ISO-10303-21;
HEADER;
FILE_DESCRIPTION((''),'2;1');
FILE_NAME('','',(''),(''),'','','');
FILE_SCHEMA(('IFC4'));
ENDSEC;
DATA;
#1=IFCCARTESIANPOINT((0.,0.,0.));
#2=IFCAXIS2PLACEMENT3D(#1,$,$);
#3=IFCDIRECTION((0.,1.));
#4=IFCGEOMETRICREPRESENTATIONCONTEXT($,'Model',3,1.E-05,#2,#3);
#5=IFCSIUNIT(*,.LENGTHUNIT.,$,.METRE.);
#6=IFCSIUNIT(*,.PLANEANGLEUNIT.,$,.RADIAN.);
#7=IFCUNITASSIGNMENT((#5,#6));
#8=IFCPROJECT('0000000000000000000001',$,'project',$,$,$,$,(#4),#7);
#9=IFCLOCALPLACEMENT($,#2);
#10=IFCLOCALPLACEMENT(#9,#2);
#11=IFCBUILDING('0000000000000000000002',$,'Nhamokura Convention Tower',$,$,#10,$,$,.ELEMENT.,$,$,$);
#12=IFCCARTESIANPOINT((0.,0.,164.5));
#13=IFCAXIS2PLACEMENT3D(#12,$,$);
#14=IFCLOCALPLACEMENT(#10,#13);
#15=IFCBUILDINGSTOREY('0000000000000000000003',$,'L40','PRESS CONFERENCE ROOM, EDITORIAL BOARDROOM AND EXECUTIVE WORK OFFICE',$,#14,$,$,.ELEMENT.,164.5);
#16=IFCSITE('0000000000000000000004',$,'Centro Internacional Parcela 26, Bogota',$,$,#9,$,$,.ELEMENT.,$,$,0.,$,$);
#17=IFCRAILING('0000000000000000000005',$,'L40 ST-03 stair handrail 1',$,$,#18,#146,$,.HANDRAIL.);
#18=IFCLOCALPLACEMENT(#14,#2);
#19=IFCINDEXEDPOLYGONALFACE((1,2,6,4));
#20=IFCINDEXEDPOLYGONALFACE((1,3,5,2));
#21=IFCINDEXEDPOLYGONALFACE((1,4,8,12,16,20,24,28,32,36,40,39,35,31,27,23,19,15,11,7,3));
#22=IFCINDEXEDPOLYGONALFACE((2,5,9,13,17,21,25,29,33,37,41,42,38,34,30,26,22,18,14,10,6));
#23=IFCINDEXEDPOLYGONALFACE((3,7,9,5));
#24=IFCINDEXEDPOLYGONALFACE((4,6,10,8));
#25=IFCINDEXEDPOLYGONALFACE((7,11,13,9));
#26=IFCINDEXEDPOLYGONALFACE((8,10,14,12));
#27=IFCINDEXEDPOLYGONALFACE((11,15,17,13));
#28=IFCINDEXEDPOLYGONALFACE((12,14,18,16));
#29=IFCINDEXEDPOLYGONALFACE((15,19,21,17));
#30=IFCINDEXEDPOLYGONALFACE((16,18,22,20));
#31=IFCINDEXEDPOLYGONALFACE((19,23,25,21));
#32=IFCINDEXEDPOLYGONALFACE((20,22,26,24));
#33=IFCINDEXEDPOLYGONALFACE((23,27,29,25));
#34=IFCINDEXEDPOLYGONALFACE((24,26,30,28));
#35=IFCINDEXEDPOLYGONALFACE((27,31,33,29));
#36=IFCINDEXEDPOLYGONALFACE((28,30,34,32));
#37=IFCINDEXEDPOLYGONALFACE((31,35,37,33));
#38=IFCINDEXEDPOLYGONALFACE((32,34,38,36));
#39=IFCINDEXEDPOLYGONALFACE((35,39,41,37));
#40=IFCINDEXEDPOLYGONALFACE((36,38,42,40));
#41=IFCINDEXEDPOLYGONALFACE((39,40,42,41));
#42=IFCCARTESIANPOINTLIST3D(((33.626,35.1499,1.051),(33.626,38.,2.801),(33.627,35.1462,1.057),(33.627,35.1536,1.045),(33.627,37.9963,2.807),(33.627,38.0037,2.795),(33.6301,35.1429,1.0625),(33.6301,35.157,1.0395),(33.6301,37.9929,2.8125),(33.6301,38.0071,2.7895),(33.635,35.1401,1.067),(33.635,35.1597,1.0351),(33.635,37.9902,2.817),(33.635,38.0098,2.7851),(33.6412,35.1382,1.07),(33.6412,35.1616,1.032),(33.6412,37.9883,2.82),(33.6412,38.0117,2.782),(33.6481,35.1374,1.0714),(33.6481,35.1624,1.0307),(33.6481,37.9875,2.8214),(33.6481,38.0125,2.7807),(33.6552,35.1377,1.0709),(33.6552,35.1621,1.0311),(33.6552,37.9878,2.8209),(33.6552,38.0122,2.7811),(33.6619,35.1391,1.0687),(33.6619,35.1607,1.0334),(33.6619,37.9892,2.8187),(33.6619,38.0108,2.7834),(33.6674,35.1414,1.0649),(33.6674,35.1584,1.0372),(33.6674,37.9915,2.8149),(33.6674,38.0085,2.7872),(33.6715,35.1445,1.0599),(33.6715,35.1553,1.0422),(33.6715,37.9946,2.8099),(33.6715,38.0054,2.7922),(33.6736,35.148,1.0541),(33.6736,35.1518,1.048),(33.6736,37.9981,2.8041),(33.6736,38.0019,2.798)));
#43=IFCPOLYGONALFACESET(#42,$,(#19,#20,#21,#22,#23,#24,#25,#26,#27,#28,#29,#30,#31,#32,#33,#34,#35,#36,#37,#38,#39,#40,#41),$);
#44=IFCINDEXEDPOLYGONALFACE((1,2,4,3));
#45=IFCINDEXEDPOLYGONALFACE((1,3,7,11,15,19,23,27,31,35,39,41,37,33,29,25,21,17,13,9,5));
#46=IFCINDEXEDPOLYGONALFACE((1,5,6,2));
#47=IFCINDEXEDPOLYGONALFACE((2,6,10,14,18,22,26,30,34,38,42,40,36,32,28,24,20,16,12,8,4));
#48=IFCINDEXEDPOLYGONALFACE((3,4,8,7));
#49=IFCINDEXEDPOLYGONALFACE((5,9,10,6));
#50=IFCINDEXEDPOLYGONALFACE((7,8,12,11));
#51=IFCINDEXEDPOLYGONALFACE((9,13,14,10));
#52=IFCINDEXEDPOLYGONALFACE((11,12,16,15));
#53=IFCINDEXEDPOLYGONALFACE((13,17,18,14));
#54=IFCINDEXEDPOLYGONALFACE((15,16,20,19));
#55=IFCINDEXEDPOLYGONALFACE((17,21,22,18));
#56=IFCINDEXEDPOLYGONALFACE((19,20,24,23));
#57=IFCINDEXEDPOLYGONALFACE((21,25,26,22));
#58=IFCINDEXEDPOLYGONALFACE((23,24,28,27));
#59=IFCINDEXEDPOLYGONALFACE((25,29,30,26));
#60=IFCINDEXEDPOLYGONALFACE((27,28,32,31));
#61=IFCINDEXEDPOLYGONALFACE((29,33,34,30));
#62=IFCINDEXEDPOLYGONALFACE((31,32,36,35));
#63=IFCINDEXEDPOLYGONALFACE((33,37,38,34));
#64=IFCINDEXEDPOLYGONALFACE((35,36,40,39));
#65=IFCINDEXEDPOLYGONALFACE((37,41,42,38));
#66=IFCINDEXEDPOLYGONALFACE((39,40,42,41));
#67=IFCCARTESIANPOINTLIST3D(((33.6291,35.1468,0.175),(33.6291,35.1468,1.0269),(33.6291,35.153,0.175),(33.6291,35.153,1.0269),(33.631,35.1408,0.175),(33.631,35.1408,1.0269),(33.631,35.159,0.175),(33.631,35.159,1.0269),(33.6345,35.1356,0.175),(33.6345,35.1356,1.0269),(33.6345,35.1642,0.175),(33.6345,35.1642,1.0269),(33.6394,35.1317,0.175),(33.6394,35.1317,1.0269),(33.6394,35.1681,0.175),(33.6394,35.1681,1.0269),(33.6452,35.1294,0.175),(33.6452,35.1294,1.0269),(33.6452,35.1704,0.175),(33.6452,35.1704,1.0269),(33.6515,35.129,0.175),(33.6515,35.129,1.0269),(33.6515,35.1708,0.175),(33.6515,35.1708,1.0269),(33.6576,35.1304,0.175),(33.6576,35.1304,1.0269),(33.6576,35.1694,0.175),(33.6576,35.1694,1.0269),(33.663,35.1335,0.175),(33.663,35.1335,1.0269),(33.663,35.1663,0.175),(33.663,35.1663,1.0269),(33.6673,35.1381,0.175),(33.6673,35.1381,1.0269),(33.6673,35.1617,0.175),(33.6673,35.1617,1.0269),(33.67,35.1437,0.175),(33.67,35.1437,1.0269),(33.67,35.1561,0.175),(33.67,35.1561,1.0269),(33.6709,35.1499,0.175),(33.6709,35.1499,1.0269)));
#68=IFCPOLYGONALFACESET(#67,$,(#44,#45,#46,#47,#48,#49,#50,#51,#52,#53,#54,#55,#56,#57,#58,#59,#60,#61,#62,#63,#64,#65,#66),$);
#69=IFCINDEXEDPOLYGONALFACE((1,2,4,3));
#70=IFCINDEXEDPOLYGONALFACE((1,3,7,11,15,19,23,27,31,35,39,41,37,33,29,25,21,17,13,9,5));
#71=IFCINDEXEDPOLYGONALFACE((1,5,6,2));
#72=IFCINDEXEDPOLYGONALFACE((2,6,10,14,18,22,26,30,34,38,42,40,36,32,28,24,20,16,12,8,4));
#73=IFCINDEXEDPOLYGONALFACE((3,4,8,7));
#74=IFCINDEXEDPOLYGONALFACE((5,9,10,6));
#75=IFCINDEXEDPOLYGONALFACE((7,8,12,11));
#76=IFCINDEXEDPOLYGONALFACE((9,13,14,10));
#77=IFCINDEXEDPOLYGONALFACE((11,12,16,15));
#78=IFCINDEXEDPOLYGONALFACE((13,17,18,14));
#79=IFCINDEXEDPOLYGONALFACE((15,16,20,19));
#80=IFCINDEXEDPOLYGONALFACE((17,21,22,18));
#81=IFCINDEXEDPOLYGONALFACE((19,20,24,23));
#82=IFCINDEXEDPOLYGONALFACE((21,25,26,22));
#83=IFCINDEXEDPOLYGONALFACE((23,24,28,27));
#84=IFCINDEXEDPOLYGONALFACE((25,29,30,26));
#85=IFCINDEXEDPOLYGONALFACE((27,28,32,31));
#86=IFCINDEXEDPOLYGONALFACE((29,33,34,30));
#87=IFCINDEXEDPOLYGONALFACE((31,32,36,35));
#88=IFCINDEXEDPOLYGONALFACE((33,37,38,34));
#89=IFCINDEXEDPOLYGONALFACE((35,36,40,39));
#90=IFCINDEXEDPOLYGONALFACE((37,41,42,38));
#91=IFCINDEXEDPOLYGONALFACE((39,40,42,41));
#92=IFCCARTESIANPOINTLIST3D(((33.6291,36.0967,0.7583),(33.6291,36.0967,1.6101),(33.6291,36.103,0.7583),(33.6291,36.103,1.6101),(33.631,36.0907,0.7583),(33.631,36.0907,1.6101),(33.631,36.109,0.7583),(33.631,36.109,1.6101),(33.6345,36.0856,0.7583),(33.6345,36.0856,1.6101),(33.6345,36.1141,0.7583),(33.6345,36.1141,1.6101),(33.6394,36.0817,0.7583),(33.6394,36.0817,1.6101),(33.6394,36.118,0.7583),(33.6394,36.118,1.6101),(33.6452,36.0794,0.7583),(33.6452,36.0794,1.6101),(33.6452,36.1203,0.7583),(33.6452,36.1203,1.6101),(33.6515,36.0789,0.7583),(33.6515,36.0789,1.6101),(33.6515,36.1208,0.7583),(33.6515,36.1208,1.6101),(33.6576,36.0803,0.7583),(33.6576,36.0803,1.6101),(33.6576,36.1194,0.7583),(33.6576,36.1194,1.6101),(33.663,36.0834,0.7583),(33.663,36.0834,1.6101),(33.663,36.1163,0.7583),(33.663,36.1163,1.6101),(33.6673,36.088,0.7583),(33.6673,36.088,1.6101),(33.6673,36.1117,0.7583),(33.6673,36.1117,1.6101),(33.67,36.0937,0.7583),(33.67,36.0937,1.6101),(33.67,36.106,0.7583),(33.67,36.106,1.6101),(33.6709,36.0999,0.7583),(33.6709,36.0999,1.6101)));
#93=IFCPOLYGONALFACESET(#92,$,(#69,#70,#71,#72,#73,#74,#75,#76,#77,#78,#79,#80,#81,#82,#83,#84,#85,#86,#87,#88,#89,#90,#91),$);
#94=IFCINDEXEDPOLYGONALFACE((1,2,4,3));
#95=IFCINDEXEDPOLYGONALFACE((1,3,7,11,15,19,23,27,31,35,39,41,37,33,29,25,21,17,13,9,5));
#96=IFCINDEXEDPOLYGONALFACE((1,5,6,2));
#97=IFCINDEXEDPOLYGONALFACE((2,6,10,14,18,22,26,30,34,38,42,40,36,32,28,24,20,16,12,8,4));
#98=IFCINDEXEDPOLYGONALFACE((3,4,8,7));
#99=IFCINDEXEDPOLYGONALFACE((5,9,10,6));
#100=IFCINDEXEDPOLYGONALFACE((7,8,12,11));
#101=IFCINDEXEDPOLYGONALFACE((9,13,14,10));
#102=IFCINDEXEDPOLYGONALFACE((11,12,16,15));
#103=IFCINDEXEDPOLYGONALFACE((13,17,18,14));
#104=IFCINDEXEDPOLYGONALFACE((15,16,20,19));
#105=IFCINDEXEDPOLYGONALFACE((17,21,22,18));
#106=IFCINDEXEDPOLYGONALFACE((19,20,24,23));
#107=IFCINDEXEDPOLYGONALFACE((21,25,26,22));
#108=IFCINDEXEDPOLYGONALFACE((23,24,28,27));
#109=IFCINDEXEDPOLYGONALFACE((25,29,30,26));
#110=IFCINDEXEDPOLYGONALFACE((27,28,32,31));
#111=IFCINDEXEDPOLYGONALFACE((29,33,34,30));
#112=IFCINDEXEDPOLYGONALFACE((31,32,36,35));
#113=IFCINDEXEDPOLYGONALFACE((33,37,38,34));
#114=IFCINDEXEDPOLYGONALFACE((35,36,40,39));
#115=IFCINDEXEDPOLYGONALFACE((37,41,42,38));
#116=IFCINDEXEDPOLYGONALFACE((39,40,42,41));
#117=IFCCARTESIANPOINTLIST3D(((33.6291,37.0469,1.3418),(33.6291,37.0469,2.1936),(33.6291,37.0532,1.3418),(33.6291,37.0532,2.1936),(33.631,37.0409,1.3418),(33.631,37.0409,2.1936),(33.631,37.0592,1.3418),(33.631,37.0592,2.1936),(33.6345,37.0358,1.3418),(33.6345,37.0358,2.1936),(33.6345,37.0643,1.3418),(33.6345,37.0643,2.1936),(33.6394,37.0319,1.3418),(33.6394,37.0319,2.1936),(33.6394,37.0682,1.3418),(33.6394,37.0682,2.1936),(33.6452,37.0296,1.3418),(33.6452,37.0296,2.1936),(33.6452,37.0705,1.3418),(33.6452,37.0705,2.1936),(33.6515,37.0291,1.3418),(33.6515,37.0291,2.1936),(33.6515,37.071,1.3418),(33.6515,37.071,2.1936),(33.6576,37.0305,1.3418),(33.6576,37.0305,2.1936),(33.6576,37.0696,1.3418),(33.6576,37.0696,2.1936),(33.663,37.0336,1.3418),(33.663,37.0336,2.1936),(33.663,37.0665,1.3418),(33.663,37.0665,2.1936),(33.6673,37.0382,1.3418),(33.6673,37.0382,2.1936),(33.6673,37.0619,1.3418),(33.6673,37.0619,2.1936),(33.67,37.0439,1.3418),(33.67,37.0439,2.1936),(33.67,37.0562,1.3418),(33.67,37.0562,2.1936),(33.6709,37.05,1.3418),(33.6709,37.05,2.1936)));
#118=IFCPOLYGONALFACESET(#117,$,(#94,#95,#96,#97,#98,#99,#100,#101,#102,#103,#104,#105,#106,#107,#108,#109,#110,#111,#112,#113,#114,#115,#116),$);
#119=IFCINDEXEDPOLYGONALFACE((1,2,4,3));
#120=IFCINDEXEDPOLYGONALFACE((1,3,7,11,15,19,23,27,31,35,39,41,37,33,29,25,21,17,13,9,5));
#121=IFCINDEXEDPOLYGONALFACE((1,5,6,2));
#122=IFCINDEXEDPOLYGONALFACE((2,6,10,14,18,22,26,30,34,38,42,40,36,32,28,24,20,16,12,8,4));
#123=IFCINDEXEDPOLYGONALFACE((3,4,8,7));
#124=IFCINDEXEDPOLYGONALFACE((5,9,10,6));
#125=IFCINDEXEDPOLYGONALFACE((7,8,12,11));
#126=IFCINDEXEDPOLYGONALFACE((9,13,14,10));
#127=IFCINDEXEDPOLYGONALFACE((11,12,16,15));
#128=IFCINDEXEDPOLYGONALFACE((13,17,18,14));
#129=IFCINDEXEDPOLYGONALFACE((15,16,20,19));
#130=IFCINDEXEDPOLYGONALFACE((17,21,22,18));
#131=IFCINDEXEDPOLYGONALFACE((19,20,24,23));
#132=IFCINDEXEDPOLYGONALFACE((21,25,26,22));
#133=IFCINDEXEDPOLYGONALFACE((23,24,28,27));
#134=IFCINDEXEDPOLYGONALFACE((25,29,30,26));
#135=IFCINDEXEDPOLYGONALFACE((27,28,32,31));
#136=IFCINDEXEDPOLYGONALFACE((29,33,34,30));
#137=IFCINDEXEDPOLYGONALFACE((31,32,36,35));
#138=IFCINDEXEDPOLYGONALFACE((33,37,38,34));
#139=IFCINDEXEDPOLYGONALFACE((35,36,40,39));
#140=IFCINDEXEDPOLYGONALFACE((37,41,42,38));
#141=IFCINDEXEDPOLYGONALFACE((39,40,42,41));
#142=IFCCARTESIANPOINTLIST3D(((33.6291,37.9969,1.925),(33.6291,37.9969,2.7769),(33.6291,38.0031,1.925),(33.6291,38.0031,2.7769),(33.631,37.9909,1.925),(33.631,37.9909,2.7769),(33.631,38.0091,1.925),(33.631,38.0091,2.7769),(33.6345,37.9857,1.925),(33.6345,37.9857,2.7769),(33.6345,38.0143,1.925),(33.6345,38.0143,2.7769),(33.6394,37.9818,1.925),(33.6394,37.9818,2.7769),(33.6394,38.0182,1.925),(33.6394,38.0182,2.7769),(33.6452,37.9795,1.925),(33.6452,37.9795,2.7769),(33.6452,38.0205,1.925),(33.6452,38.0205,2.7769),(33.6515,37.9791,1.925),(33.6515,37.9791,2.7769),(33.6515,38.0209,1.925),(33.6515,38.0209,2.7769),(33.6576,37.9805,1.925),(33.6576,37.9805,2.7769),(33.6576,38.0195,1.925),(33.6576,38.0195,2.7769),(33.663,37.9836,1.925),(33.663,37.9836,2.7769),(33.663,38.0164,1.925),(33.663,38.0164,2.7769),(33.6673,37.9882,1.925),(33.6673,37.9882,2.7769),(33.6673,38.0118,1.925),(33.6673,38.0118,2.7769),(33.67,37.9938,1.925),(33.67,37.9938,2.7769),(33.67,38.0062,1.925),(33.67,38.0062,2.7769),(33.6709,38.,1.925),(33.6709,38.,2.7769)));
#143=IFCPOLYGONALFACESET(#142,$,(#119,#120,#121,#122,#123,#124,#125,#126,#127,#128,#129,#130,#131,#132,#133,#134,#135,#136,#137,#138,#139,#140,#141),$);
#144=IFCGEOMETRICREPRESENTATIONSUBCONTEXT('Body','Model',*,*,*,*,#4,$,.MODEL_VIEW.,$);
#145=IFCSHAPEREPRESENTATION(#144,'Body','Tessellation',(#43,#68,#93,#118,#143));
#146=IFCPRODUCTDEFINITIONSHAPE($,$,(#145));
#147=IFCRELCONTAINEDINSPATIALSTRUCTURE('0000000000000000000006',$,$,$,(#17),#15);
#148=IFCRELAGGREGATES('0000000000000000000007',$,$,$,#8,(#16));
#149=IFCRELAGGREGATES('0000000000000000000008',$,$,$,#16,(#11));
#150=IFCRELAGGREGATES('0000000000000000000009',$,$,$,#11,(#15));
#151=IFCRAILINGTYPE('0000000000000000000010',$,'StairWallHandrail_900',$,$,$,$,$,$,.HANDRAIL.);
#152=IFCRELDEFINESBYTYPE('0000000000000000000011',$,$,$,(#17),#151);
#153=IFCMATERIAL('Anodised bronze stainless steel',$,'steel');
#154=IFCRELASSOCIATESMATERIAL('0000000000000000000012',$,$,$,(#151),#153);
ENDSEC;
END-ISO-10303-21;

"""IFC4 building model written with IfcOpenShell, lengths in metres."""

from ifc_helpers import new_model, si_unit, direction, frame, origin, origin_2d, place, context, subcontext, project, spatial, circle, extrude, material, type_object, element, save


model = new_model("IFC4")

# Units and contexts
model_context = context("Model", 3, precision=1e-05, world=origin(), true_north=direction((0.0, 1.0)))
body_context = subcontext(model_context, "Body", "Model", "MODEL_VIEW")
ifc_project = project(units=[si_unit("LENGTHUNIT", "METRE"), si_unit("PLANEANGLEUNIT", "RADIAN")], contexts=[model_context])

# Site, building, storey
site_placement = place(None, origin())
site = spatial("IfcSite", under=ifc_project, at=site_placement, Name="Centro Internacional Parcela 26, Bogota", CompositionType="ELEMENT", RefElevation=0.0)
building_placement = place(site_placement, origin())
building = spatial("IfcBuilding", under=site, at=building_placement, Name="Nhamokura Convention Tower", CompositionType="ELEMENT")
storey_placement = place(building_placement, frame((0.0, 0.0, 164.5)))
storey = spatial("IfcBuildingStorey", under=building, at=storey_placement, Name="L40", Description="PRESS CONFERENCE ROOM, EDITORIAL BOARDROOM AND EXECUTIVE WORK OFFICE", CompositionType="ELEMENT", Elevation=164.5)

# Railing
ifc_material_1 = material(Name="Anodised bronze stainless steel", Category="steel")
railing_type_1 = type_object("IfcRailingType", Name="StairWallHandrail_900", PredefinedType="HANDRAIL", material=ifc_material_1)
railing_1_placement = place(storey_placement, frame((33.6499, 35.1499, 0.175)))
element("IfcRailing", 1, at=railing_1_placement, inside=storey, type_object=railing_type_1, Name="L40 ST-03 stair handrail 1", PredefinedType="HANDRAIL", context=body_context, shape_type="SweptSolid", body=[
    extrude(circle(Radius=0.0239, at=origin_2d()), frame((0.0, 0.0, 0.876), z_axis=(0.0, 0.852179, 0.52325), x_axis=(-1.0, 0.0, 0.0)), (0.0, 0.0, 1.0), 3.3445),
    extrude(circle(Radius=0.021, at=origin_2d()), origin(), (0.0, 0.0, 1.0), 0.8518),
    extrude(circle(Radius=0.021, at=origin_2d()), frame((0.0, 0.95, 0.5833)), (0.0, 0.0, 1.0), 0.8518),
    extrude(circle(Radius=0.021, at=origin_2d()), frame((0.0, 1.9001, 1.1667)), (0.0, 0.0, 1.0), 0.8518),
    extrude(circle(Radius=0.021, at=origin_2d()), frame((0.0, 2.8501, 1.75)), (0.0, 0.0, 1.0), 0.8518),
])

save(model, "model.ifc")
